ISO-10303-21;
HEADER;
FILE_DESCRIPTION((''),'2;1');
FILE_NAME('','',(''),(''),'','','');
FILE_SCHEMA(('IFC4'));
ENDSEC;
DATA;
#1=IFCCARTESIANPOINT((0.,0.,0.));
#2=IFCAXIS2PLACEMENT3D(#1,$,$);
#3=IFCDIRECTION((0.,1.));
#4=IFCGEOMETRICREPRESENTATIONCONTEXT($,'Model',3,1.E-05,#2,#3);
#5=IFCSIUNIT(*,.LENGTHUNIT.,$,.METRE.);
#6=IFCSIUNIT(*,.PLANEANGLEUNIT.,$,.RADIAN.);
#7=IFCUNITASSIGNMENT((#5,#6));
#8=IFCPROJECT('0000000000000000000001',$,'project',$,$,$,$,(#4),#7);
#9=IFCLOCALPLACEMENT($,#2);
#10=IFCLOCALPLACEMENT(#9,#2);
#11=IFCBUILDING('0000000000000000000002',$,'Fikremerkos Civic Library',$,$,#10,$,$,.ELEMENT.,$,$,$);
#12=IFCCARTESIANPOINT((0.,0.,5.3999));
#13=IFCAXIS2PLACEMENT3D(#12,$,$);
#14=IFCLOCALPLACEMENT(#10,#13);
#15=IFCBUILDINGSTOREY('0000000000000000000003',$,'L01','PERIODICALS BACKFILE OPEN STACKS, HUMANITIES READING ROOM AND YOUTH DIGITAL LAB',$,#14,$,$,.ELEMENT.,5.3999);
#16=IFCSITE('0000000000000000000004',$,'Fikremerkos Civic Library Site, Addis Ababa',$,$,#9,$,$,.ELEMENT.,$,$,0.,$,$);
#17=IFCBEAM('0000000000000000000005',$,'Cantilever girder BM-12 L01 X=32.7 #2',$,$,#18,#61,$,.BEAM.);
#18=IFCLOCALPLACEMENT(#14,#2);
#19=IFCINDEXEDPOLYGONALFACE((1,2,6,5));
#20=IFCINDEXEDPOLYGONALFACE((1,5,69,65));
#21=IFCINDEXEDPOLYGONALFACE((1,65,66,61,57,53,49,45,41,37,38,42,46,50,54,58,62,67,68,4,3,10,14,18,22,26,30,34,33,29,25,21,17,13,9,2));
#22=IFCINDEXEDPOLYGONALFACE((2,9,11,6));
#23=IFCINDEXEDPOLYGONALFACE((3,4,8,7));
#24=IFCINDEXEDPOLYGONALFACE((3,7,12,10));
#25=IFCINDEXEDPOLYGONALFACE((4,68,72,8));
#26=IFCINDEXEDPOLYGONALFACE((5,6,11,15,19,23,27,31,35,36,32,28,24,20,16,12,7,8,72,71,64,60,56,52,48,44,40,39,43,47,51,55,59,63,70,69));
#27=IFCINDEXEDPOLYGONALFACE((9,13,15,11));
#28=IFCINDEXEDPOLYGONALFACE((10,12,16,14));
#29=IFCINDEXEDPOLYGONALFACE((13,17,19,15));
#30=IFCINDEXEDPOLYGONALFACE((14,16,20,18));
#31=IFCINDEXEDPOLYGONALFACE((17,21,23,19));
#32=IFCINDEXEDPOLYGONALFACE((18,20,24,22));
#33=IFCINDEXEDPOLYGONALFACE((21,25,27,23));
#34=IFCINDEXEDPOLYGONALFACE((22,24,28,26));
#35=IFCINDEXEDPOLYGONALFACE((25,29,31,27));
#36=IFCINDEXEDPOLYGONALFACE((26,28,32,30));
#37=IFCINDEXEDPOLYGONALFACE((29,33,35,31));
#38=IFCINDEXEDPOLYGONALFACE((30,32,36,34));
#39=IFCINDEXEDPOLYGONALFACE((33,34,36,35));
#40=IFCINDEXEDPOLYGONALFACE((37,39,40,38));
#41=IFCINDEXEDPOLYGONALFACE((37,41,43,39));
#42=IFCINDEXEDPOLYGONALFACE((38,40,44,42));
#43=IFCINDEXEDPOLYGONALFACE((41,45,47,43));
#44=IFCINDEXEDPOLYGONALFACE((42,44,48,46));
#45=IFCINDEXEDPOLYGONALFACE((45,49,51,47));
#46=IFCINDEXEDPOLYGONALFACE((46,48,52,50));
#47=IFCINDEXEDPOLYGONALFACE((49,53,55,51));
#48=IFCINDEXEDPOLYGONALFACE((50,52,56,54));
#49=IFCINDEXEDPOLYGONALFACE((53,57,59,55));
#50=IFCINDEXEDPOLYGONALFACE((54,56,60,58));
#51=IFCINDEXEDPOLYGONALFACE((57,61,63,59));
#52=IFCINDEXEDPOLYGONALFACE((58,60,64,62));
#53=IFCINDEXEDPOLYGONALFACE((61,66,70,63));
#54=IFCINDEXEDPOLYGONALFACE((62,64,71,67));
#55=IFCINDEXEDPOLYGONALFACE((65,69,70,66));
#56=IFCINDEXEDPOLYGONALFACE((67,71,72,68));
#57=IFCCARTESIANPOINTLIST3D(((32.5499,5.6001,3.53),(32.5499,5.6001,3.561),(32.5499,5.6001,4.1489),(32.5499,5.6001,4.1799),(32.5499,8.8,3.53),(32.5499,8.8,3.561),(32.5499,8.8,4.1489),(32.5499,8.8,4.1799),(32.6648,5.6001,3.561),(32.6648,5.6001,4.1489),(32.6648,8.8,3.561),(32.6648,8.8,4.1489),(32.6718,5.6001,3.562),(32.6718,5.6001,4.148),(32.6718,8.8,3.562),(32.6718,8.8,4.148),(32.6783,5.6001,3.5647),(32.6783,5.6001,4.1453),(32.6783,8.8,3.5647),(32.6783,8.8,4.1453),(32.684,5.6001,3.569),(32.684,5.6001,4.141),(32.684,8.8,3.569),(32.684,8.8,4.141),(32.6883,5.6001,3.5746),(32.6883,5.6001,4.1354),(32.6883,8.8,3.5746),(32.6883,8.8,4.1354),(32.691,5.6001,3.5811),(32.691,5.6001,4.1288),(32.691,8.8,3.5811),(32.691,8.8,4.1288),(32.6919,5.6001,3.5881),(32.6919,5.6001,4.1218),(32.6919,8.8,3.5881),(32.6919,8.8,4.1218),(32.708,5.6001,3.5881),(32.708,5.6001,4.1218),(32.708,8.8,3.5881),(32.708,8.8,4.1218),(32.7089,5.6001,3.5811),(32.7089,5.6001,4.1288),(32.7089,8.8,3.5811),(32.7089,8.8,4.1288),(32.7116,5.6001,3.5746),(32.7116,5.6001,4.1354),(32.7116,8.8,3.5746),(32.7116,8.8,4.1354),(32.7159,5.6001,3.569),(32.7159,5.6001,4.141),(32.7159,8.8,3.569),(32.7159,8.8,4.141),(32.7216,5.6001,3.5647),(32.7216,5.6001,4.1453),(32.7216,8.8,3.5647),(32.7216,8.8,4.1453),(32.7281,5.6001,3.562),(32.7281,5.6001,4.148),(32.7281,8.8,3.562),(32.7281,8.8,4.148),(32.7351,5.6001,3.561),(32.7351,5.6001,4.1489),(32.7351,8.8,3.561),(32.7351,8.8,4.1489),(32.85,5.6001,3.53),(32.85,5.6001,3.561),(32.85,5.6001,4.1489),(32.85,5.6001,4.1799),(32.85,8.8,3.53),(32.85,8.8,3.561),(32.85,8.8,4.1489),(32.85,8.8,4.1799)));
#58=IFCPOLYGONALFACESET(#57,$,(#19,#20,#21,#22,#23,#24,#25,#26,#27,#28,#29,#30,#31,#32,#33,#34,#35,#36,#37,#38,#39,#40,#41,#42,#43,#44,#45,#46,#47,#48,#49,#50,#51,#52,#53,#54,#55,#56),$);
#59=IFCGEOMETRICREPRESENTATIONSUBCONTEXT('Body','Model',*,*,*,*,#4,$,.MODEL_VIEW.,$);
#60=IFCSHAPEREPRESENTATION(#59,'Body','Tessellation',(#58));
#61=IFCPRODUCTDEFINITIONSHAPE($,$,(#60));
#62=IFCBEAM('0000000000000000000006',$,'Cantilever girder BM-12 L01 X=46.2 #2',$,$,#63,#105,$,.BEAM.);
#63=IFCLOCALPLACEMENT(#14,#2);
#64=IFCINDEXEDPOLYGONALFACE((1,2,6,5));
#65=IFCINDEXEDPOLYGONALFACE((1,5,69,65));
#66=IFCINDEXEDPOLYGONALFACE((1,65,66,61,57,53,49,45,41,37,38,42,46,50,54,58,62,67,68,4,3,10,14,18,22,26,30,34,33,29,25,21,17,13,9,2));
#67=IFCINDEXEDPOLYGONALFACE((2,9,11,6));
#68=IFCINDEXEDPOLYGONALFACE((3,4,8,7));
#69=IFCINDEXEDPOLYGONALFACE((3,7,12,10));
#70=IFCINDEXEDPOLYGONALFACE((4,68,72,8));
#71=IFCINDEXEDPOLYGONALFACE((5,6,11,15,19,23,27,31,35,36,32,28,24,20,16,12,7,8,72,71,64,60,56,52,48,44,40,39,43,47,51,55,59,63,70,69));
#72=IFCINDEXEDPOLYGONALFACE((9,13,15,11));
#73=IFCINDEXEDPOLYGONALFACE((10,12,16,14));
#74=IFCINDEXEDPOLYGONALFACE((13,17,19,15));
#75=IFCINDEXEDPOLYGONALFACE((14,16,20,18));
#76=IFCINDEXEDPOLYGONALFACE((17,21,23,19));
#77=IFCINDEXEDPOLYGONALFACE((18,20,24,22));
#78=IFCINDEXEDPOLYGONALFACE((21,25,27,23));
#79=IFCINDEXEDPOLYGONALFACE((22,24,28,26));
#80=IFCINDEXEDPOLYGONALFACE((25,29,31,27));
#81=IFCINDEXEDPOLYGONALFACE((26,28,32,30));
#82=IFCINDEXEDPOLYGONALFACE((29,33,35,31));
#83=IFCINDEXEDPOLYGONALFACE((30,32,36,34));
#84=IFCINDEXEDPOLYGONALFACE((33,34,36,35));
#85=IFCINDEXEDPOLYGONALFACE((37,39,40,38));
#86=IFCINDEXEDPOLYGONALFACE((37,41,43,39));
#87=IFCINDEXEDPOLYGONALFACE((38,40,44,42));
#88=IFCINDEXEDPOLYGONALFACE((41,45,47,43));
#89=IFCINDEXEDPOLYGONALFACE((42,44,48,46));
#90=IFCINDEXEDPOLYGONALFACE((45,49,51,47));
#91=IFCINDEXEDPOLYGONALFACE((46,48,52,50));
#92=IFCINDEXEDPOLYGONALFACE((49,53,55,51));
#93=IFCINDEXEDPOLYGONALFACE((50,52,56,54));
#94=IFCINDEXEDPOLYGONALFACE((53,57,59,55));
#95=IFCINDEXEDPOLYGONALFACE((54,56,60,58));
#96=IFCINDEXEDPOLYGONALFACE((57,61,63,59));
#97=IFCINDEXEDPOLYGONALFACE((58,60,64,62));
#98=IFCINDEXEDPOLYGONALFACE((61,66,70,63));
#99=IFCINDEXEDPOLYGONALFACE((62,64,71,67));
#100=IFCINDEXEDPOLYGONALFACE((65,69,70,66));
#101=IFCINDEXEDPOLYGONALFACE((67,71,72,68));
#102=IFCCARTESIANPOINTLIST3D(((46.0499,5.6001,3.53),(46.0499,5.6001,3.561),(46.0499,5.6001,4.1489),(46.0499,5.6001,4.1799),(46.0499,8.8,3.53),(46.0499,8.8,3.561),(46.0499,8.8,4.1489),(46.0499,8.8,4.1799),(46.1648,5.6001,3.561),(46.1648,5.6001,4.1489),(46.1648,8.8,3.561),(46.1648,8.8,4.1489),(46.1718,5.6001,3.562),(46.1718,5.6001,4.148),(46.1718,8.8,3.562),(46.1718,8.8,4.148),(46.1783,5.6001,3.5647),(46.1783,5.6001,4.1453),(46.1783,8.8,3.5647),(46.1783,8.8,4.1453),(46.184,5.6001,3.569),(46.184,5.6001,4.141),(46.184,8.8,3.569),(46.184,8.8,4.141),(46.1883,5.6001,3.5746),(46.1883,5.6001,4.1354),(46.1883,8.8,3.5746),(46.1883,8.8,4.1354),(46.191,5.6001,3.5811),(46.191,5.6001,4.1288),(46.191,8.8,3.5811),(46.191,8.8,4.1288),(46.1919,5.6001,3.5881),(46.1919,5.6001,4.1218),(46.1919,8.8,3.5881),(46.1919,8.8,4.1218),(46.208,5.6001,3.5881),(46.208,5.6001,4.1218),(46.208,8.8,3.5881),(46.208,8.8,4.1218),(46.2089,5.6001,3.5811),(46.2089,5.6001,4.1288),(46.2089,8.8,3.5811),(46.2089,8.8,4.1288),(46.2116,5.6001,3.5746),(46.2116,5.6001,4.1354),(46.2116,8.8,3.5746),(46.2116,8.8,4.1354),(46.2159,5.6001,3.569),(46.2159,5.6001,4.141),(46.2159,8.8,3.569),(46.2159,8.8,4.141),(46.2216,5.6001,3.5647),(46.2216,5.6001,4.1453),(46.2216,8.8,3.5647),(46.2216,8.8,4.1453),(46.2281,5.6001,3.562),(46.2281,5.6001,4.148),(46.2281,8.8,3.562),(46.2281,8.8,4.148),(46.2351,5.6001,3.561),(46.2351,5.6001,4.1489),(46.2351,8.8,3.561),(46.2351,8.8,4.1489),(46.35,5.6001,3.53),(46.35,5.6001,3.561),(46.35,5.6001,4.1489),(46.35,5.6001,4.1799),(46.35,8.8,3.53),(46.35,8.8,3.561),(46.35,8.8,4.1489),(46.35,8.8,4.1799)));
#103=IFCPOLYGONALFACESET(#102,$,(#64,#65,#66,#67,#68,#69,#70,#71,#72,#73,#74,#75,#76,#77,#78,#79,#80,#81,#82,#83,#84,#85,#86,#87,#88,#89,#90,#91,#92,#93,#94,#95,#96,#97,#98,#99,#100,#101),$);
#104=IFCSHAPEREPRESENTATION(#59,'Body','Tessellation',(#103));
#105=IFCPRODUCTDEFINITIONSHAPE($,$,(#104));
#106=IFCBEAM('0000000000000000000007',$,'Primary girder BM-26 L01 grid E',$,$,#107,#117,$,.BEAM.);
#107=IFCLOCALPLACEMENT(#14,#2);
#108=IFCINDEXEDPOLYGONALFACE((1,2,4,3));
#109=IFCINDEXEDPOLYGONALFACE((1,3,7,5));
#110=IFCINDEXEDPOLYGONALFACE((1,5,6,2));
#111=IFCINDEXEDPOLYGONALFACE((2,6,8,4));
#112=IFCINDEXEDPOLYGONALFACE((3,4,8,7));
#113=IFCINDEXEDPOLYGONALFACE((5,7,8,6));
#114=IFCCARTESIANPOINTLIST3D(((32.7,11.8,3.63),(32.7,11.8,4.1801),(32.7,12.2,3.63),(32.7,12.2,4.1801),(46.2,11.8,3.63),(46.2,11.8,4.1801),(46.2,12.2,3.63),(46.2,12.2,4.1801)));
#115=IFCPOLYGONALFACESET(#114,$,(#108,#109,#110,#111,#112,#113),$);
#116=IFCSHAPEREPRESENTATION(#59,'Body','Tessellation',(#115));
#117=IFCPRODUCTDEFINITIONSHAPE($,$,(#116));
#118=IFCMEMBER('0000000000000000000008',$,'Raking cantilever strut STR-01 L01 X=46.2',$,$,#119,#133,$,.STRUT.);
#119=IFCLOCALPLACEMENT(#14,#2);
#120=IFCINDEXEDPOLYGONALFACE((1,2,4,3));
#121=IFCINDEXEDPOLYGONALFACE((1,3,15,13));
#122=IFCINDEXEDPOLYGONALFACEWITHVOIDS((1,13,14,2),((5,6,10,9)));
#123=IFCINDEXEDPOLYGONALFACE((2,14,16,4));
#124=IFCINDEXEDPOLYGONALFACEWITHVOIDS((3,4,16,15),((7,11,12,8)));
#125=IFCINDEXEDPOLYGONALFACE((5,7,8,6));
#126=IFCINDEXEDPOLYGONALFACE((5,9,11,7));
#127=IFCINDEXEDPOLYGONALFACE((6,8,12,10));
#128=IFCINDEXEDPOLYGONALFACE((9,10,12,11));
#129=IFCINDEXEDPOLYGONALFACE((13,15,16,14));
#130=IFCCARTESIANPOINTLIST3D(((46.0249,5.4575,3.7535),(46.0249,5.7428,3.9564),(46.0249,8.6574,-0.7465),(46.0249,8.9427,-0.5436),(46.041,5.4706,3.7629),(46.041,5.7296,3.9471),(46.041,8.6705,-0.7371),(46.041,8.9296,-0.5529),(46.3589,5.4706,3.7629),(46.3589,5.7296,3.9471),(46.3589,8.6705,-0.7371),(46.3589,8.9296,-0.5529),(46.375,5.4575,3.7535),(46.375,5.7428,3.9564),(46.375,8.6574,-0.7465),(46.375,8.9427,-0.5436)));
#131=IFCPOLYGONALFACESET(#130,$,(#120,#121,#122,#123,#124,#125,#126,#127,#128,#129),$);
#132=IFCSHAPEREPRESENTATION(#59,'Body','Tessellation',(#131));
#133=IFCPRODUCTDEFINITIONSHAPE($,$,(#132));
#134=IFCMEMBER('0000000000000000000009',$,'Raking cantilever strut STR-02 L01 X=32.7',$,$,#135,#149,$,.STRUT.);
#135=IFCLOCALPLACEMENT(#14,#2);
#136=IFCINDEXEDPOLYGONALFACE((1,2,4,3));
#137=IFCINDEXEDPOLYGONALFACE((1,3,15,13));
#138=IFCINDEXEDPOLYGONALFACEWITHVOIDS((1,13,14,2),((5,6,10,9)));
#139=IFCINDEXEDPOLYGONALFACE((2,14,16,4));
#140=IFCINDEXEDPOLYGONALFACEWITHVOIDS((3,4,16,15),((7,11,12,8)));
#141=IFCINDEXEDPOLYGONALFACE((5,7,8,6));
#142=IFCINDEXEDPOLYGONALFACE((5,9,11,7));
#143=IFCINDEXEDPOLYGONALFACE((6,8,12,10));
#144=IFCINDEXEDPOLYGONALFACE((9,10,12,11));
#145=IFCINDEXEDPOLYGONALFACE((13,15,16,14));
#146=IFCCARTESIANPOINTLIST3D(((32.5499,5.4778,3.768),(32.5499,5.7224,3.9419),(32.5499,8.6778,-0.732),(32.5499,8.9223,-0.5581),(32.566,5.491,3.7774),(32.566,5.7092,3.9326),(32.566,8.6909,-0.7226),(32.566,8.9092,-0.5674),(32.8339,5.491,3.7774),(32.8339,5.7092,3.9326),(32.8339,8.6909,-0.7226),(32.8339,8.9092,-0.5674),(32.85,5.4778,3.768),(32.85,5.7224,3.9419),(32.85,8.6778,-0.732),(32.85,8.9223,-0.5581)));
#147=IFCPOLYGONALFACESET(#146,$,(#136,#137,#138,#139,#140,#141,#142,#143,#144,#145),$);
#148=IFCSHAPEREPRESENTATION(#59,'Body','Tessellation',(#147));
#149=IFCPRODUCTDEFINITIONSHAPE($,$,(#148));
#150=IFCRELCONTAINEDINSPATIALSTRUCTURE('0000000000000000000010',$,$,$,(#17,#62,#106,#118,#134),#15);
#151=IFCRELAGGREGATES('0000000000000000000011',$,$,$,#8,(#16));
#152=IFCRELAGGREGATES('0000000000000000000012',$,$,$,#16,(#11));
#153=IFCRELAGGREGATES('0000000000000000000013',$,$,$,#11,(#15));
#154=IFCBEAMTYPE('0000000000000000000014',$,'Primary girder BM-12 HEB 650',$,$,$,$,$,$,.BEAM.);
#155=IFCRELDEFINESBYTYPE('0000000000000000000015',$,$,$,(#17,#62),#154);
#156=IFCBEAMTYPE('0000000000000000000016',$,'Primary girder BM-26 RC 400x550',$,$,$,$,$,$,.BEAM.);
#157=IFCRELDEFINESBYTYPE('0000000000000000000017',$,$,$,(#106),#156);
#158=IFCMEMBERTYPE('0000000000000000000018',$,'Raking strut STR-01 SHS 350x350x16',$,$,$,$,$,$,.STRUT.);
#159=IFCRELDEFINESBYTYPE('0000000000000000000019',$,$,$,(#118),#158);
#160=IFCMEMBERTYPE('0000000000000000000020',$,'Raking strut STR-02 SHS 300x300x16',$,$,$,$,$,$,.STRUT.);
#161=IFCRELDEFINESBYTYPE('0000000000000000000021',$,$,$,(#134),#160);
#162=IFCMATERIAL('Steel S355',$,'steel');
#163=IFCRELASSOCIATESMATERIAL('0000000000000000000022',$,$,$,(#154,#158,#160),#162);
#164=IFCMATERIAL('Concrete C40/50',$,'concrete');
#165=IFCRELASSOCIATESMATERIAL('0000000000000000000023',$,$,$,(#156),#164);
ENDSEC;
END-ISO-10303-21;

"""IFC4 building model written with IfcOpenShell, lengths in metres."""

from ifc_helpers import new_model, si_unit, direction, frame, origin, origin_2d, place, context, subcontext, project, spatial, rectangle, hollow_rectangle, i_section, extrude, material, material_profile, profile_set, type_object, element, save


model = new_model("IFC4")

# Units and contexts
model_context = context("Model", 3, precision=1e-05, world=origin(), true_north=direction((0.0, 1.0)))
body_context = subcontext(model_context, "Body", "Model", "MODEL_VIEW")
ifc_project = project(units=[si_unit("LENGTHUNIT", "METRE"), si_unit("PLANEANGLEUNIT", "RADIAN")], contexts=[model_context])

# Site, building, storey
site_placement = place(None, origin())
site = spatial("IfcSite", under=ifc_project, at=site_placement, Name="Fikremerkos Civic Library Site, Addis Ababa", CompositionType="ELEMENT", RefElevation=0.0)
building_placement = place(site_placement, origin())
building = spatial("IfcBuilding", under=site, at=building_placement, Name="Fikremerkos Civic Library", CompositionType="ELEMENT")
storey_placement = place(building_placement, frame((0.0, 0.0, 5.3999)))
storey = spatial("IfcBuildingStorey", under=building, at=storey_placement, Name="L01", Description="PERIODICALS BACKFILE OPEN STACKS, HUMANITIES READING ROOM AND YOUTH DIGITAL LAB", CompositionType="ELEMENT", Elevation=5.3999)

# Shared definitions
ifc_material_1 = material(Name="Concrete C40/50", Category="concrete")

# Shared definitions
ifc_material_2 = material(Name="Steel S355", Category="steel")

# Beams
ifc_material_profile_1 = material_profile(ifc_material_2, i_section(OverallWidth=0.3, OverallDepth=0.6499, WebThickness=0.0161, FlangeThickness=0.031, FilletRadius=0.0271, at=origin_2d()), Name="HEB 650")
ifc_profile_set_1 = profile_set([ifc_material_profile_1], Name="Steel S355")
beam_type_1 = type_object("IfcBeamType", Name="Primary girder BM-12 HEB 650", PredefinedType="BEAM", material=ifc_profile_set_1)
for number, where, z_axis, x_axis, name in (
    (1, (32.7, 8.8, 3.855), (0.0, -1.0, 0.0), (1.0, 0.0, 0.0), "Cantilever girder BM-12 L01 X=32.7 #2"),
    (2, (46.2, 8.8, 3.855), (0.0, -1.0, 0.0), (1.0, 0.0, 0.0), "Cantilever girder BM-12 L01 X=46.2 #2"),
):
    element("IfcBeam", number, at=place(storey_placement, frame(where, z_axis=z_axis, x_axis=x_axis)), inside=storey, type_object=beam_type_1, Name=name, PredefinedType="BEAM", context=body_context, shape_type="SweptSolid", body=[
        extrude(i_section(OverallWidth=0.3, OverallDepth=0.6499, WebThickness=0.0161, FlangeThickness=0.031, FilletRadius=0.0271, at=origin_2d()), origin(), (0.0, 0.0, 1.0), 3.2),
    ])
ifc_material_profile_2 = material_profile(ifc_material_1, rectangle(XDim=0.3999, YDim=0.55, at=origin_2d()), Name="RC 400x550")
ifc_profile_set_2 = profile_set([ifc_material_profile_2], Name="Concrete C40/50")
beam_type_2 = type_object("IfcBeamType", Name="Primary girder BM-26 RC 400x550", PredefinedType="BEAM", material=ifc_profile_set_2)
beam_1_placement = place(storey_placement, frame((32.7, 12.0, 3.905), z_axis=(1.0, 0.0, 0.0), x_axis=(0.0, 1.0, 0.0)))
element("IfcBeam", 3, at=beam_1_placement, inside=storey, type_object=beam_type_2, Name="Primary girder BM-26 L01 grid E", PredefinedType="BEAM", context=body_context, shape_type="SweptSolid", body=[
    extrude(rectangle(XDim=0.3999, YDim=0.55, at=origin_2d()), origin(), (0.0, 0.0, 1.0), 13.5),
])

# Members
ifc_material_profile_3 = material_profile(ifc_material_2, hollow_rectangle(XDim=0.3501, YDim=0.3501, WallThickness=0.0161, at=origin_2d()), Name="SHS 350x350x16")
ifc_profile_set_3 = profile_set([ifc_material_profile_3], Name="Steel S355")
member_type_1 = type_object("IfcMemberType", Name="Raking strut STR-01 SHS 350x350x16", PredefinedType="STRUT", material=ifc_profile_set_3)
member_1_placement = place(storey_placement, frame((46.2, 8.8, -0.645), z_axis=(0.0, -0.579518, 0.81496), x_axis=(1.0, 0.0, 0.0)))
element("IfcMember", 4, at=member_1_placement, inside=storey, type_object=member_type_1, Name="Raking cantilever strut STR-01 L01 X=46.2", PredefinedType="STRUT", context=body_context, shape_type="SweptSolid", body=[
    extrude(hollow_rectangle(XDim=0.3501, YDim=0.3501, WallThickness=0.0161, at=origin_2d()), origin(), (0.0, 0.0, 1.0), 5.5217),
])
ifc_material_profile_4 = material_profile(ifc_material_2, hollow_rectangle(XDim=0.3, YDim=0.3, WallThickness=0.0161, at=origin_2d()), Name="SHS 300x300x16")
ifc_profile_set_4 = profile_set([ifc_material_profile_4], Name="Steel S355")
member_type_2 = type_object("IfcMemberType", Name="Raking strut STR-02 SHS 300x300x16", PredefinedType="STRUT", material=ifc_profile_set_4)
member_2_placement = place(storey_placement, frame((32.7, 8.8, -0.645), z_axis=(0.0, -0.579518, 0.81496), x_axis=(1.0, 0.0, 0.0)))
element("IfcMember", 5, at=member_2_placement, inside=storey, type_object=member_type_2, Name="Raking cantilever strut STR-02 L01 X=32.7", PredefinedType="STRUT", context=body_context, shape_type="SweptSolid", body=[
    extrude(hollow_rectangle(XDim=0.3, YDim=0.3, WallThickness=0.0161, at=origin_2d()), origin(), (0.0, 0.0, 1.0), 5.5217),
])

save(model, "model.ifc")
